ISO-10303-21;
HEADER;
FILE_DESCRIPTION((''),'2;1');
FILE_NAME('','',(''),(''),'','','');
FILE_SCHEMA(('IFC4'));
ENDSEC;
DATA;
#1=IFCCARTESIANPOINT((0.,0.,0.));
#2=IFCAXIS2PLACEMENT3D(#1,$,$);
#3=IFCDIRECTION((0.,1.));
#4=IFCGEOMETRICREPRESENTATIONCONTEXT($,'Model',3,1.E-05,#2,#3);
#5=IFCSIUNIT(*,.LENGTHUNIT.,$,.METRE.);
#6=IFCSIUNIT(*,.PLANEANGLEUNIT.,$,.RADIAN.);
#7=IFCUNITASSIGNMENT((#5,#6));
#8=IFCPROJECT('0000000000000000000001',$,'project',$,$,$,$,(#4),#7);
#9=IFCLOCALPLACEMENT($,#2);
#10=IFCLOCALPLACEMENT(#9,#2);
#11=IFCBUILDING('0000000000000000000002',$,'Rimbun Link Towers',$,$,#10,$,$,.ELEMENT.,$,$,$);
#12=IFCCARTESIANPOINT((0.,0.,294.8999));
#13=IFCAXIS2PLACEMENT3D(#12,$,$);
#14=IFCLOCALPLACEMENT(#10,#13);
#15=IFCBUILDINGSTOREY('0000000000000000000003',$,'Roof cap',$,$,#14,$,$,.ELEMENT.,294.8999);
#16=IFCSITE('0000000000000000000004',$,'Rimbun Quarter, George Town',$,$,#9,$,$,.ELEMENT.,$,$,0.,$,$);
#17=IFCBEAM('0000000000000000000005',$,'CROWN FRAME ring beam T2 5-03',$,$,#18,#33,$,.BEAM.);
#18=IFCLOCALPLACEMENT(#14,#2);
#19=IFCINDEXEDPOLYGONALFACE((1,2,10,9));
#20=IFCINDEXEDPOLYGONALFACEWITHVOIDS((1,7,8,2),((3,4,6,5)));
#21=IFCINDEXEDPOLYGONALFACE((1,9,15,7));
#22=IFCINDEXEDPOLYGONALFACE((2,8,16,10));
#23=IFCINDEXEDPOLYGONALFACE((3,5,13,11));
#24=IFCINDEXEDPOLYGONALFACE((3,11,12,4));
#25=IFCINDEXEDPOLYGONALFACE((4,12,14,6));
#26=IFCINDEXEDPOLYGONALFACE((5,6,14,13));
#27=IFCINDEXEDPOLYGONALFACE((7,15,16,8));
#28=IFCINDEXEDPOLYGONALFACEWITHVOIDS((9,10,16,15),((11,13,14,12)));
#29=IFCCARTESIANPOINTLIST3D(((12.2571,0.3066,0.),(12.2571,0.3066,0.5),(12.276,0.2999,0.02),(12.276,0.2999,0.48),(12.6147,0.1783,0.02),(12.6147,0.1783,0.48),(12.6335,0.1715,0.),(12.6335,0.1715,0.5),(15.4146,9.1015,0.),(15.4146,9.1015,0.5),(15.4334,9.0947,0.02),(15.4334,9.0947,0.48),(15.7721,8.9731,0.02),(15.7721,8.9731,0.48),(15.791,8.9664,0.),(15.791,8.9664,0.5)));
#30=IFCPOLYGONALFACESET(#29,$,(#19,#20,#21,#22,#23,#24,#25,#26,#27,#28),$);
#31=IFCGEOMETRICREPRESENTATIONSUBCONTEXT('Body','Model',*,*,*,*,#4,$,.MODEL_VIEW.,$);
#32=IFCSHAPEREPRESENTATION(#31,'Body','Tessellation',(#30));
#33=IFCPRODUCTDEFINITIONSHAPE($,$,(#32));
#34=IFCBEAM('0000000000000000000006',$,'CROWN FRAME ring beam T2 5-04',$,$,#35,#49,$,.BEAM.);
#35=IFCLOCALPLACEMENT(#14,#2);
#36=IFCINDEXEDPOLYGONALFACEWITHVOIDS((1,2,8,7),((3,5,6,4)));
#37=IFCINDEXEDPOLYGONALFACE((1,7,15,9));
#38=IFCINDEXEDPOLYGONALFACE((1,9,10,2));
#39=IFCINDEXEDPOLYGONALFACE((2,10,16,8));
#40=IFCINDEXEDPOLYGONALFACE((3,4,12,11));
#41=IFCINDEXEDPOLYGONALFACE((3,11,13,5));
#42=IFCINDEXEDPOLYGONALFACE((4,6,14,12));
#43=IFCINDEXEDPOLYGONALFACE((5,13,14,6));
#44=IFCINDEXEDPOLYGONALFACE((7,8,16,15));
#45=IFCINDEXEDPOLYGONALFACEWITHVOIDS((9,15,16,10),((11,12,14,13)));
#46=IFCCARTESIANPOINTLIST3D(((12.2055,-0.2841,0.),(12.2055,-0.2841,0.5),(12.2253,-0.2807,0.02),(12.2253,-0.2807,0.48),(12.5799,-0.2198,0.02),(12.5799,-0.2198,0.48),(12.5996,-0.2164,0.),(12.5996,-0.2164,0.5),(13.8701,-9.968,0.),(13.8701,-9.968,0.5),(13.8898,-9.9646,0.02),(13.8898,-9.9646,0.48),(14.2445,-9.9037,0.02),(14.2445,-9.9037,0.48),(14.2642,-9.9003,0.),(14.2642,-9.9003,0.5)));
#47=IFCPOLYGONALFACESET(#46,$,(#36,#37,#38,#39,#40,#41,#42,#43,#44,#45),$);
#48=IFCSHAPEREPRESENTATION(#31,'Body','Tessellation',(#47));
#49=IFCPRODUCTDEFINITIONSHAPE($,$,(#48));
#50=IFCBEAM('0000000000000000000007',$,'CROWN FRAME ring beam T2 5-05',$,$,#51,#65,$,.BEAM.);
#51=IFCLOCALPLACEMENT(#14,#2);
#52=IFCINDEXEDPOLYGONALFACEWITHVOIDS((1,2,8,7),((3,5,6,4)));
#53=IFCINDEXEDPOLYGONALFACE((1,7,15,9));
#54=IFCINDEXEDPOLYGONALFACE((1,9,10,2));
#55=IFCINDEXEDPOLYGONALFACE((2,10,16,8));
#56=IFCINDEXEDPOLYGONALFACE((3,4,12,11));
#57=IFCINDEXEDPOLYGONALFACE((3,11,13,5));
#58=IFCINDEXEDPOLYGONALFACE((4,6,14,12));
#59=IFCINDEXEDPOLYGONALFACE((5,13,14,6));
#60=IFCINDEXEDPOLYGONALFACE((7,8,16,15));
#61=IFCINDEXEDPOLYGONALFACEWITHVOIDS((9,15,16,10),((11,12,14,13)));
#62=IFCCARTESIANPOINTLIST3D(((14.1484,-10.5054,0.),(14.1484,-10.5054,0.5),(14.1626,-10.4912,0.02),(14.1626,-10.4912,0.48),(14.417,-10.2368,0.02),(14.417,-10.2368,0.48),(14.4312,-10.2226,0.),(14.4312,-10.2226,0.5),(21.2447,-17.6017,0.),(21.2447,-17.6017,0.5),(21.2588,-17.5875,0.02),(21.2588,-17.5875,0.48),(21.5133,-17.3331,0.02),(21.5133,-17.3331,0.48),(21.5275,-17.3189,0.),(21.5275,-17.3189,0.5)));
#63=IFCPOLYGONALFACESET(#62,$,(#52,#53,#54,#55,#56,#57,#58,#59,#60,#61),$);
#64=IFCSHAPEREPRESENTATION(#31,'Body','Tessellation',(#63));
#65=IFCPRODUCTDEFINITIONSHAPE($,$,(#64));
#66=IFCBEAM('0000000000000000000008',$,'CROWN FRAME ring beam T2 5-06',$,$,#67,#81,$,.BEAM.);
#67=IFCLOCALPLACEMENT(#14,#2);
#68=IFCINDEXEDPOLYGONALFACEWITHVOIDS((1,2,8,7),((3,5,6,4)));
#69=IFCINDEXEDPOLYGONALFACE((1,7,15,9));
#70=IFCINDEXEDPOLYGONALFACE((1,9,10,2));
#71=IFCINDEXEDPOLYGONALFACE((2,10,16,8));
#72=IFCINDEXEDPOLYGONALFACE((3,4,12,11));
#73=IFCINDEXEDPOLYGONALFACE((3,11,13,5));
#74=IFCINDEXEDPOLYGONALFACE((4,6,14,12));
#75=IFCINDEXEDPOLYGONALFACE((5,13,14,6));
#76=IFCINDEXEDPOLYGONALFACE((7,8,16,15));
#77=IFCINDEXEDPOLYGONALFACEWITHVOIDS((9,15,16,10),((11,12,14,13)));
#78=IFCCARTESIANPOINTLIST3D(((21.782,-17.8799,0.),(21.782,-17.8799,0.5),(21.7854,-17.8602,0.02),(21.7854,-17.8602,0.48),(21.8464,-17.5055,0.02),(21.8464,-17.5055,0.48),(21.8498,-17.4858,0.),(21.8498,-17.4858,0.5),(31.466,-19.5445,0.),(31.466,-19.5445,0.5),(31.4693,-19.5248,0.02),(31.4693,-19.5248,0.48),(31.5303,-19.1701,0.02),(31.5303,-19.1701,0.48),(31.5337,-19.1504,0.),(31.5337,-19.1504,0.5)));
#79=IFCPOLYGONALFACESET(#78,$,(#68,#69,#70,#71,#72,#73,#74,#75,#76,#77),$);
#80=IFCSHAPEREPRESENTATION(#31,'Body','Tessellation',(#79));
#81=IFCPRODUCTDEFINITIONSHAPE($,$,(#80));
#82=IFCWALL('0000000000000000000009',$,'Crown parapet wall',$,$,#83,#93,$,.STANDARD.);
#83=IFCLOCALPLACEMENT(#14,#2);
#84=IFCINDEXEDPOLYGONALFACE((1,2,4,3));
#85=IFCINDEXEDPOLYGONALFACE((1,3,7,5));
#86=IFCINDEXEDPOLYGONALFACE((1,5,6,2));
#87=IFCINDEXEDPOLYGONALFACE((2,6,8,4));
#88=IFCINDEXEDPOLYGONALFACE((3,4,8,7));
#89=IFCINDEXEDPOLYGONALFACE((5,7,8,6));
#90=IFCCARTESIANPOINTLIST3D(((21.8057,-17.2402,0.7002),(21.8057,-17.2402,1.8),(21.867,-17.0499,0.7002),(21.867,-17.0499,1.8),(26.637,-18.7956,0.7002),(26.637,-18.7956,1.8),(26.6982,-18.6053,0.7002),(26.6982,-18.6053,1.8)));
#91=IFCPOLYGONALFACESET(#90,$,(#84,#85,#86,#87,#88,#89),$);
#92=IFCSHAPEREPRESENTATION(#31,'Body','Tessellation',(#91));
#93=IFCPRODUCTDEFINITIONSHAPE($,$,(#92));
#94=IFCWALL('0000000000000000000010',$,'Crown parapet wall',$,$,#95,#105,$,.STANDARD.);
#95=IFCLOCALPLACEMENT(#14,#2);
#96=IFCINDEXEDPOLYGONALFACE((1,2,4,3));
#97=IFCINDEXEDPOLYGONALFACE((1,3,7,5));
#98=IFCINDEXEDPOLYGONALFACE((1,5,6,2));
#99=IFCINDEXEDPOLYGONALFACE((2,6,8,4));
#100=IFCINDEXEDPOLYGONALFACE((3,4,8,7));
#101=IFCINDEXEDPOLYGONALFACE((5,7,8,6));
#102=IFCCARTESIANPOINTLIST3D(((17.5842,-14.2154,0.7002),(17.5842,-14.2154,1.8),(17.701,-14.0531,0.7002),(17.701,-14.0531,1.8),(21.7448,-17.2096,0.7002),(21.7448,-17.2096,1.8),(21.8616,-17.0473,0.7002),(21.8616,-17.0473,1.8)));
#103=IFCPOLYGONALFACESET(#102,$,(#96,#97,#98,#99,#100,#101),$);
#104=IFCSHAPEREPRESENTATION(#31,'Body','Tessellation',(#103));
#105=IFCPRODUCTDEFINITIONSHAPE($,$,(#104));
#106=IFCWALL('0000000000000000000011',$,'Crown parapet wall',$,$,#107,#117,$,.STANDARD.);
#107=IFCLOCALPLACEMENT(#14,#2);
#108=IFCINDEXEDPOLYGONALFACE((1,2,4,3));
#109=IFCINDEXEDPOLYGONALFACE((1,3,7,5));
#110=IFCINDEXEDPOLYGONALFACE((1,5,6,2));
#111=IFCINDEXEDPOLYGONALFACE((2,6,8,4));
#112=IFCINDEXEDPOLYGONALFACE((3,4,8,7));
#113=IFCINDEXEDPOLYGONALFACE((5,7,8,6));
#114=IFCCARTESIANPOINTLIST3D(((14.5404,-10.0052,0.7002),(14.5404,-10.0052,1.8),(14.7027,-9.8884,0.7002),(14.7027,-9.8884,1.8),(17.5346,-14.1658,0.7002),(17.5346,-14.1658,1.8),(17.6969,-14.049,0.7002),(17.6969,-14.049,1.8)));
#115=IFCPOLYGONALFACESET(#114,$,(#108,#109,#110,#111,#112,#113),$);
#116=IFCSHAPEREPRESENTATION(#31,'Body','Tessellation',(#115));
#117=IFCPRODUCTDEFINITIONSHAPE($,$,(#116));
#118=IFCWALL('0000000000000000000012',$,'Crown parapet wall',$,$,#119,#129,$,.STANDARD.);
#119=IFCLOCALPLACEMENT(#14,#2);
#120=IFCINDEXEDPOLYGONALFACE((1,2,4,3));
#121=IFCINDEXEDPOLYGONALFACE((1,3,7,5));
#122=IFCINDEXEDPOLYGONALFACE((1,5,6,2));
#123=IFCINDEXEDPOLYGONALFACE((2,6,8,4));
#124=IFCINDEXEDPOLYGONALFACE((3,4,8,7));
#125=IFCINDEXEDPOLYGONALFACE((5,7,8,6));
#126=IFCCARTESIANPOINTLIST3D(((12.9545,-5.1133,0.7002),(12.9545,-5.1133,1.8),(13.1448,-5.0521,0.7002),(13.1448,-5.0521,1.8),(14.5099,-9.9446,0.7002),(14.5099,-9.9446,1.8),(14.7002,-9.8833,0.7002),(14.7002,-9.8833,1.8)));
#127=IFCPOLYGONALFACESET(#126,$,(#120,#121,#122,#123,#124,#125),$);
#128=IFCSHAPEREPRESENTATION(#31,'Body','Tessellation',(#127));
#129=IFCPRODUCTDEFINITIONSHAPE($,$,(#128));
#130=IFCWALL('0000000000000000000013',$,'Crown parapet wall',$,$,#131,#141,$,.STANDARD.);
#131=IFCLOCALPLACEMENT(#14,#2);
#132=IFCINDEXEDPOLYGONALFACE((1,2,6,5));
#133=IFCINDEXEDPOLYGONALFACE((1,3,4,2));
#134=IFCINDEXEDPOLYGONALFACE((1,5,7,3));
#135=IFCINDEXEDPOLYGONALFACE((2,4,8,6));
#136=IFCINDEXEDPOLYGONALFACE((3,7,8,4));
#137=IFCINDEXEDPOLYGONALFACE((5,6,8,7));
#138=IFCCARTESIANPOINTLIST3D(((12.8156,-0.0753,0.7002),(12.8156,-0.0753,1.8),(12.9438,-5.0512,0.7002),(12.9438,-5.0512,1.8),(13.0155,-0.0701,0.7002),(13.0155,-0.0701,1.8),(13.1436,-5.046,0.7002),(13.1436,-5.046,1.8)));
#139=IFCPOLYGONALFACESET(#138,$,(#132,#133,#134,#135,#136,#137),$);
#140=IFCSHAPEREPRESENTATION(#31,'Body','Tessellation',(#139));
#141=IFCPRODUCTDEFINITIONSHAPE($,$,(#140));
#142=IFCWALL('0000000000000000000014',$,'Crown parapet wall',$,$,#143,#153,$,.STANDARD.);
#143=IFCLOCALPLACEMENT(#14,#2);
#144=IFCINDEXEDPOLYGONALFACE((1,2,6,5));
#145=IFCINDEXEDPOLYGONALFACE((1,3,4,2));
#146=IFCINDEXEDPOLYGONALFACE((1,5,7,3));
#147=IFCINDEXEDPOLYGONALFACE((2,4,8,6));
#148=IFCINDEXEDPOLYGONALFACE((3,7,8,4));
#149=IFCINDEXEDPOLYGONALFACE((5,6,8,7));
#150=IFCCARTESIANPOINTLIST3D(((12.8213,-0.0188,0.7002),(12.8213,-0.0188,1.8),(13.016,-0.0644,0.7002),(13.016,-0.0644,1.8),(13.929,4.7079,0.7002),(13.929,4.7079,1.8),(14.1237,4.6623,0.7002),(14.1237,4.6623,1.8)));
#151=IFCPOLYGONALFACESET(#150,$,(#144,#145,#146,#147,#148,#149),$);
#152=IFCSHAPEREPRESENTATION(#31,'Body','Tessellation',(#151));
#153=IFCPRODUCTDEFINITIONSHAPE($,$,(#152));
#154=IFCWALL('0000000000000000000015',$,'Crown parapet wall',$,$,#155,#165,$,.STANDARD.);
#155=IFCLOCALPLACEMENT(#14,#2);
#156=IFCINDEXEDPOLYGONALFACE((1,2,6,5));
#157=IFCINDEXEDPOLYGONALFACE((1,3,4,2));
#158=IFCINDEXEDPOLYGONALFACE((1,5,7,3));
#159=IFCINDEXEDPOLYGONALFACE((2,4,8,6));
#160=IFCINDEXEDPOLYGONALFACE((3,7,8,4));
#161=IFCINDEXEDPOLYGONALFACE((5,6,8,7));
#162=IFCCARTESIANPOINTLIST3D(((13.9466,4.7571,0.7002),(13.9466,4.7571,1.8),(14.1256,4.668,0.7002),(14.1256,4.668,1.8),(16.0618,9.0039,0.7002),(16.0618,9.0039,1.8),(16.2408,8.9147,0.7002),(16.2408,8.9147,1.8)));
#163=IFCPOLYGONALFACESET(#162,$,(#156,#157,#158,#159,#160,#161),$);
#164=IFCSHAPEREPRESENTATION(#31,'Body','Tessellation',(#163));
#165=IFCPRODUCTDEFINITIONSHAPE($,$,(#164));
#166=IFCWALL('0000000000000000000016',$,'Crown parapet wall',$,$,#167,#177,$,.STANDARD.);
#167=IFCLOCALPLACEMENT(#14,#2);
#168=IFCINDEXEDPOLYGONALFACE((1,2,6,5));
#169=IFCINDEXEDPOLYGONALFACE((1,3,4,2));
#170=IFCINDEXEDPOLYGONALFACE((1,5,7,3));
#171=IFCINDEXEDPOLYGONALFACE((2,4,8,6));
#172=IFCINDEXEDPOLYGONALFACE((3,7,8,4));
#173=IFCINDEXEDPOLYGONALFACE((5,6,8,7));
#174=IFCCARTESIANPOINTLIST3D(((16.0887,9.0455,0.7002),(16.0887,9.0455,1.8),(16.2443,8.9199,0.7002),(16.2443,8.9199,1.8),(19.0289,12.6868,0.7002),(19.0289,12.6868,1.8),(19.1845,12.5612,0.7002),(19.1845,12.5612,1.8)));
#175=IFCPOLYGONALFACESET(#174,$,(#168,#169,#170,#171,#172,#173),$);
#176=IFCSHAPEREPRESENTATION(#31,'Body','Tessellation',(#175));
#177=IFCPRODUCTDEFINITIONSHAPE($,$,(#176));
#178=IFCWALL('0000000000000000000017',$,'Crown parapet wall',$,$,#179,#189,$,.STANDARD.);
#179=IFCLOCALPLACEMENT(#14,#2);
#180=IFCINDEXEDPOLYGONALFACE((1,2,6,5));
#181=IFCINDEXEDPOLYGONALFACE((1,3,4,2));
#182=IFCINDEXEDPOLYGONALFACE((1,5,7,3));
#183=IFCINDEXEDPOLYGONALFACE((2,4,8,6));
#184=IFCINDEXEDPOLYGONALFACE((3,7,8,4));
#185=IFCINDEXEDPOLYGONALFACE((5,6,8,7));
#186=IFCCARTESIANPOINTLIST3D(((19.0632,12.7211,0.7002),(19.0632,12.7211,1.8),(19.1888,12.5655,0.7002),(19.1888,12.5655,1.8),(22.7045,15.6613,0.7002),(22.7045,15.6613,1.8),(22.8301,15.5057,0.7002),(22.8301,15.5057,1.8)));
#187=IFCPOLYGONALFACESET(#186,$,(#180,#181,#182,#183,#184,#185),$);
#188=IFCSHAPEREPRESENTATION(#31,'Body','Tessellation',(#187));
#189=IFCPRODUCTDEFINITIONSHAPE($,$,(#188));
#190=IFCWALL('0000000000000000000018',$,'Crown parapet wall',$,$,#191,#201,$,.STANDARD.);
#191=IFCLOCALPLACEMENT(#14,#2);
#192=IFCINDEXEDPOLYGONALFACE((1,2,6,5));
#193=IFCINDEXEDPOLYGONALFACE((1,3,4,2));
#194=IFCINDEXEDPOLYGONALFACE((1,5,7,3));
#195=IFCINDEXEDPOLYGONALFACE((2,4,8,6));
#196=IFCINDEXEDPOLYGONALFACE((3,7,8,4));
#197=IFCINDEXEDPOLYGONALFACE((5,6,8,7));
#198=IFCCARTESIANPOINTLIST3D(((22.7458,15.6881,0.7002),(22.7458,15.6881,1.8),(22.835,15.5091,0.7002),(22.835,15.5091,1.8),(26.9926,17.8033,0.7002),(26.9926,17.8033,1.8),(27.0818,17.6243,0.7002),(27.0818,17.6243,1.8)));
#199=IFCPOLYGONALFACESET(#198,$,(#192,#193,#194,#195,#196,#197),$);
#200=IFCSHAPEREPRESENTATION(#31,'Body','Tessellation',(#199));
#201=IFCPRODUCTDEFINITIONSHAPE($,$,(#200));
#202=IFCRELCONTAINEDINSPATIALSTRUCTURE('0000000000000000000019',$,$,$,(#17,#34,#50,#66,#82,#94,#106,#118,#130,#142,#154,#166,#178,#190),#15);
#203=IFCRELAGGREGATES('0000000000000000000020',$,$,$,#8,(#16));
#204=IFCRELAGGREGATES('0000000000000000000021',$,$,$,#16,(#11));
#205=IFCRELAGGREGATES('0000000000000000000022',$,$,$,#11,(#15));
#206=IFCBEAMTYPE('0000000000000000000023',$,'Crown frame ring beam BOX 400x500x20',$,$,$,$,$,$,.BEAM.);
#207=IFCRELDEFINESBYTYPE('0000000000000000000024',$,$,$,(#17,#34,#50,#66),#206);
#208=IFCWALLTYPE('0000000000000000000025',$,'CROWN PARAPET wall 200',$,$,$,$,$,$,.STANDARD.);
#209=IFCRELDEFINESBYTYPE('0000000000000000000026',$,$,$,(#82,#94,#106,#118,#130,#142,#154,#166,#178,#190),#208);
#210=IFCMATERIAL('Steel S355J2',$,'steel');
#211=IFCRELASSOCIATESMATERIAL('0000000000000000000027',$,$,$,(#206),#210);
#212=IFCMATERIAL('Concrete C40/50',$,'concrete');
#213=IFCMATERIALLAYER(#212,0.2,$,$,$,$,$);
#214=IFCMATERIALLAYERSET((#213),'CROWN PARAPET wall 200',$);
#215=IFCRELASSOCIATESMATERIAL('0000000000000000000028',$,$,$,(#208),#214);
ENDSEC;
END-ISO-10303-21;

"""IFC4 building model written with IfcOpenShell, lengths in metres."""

from ifc_helpers import new_model, si_unit, direction, frame, frame_2d, origin, origin_2d, place, context, subcontext, project, spatial, rectangle, hollow_rectangle, extrude, material, layer, layer_set, material_profile, profile_set, type_object, element, save


model = new_model("IFC4")

# Units and contexts
model_context = context("Model", 3, precision=1e-05, world=origin(), true_north=direction((0.0, 1.0)))
body_context = subcontext(model_context, "Body", "Model", "MODEL_VIEW")
ifc_project = project(units=[si_unit("LENGTHUNIT", "METRE"), si_unit("PLANEANGLEUNIT", "RADIAN")], contexts=[model_context])

# Site, building, storey
site_placement = place(None, origin())
site = spatial("IfcSite", under=ifc_project, at=site_placement, Name="Rimbun Quarter, George Town", CompositionType="ELEMENT", RefElevation=0.0)
building_placement = place(site_placement, origin())
building = spatial("IfcBuilding", under=site, at=building_placement, Name="Rimbun Link Towers", CompositionType="ELEMENT")
storey_placement = place(building_placement, frame((0.0, 0.0, 294.8999)))
storey = spatial("IfcBuildingStorey", under=building, at=storey_placement, Name="Roof cap", CompositionType="ELEMENT", Elevation=294.8999)

# Beams
ifc_material_1 = material(Name="Steel S355J2", Category="steel")
ifc_material_profile_1 = material_profile(ifc_material_1, hollow_rectangle(XDim=0.3999, YDim=0.5, WallThickness=0.02, at=origin_2d()), Name="Crown frame ring beam BOX 400x500x20")
ifc_profile_set_1 = profile_set([ifc_material_profile_1], Name="Steel S355J2")
beam_type_1 = type_object("IfcBeamType", Name="Crown frame ring beam BOX 400x500x20", PredefinedType="BEAM", material=ifc_profile_set_1)
beam_1_placement = place(storey_placement, frame((15.6028, 9.0339, 0.25), z_axis=(-0.337895, -0.941184, 0.0), x_axis=(0.941184, -0.337895, 0.0)))
element("IfcBeam", 1, at=beam_1_placement, inside=storey, type_object=beam_type_1, Name="CROWN FRAME ring beam T2 5-03", PredefinedType="BEAM", context=body_context, shape_type="SweptSolid", body=[
    extrude(hollow_rectangle(XDim=0.3999, YDim=0.5, WallThickness=0.02, at=origin_2d()), origin(), (0.0, 0.0, 1.0), 9.3445),
])
beam_2_placement = place(storey_placement, frame((12.4026, -0.2502, 0.25), z_axis=(0.169405, -0.985546, 0.0), x_axis=(0.985546, 0.169405, 0.0)))
element("IfcBeam", 2, at=beam_2_placement, inside=storey, type_object=beam_type_1, Name="CROWN FRAME ring beam T2 5-04", PredefinedType="BEAM", context=body_context, shape_type="SweptSolid", body=[
    extrude(hollow_rectangle(XDim=0.3999, YDim=0.5, WallThickness=0.02, at=origin_2d()), origin(), (0.0, 0.0, 1.0), 9.8259),
])
beam_3_placement = place(storey_placement, frame((14.2898, -10.364, 0.25), z_axis=(0.707107, -0.707107, 0.0), x_axis=(0.707107, 0.707107, 0.0)))
element("IfcBeam", 3, at=beam_3_placement, inside=storey, type_object=beam_type_1, Name="CROWN FRAME ring beam T2 5-05", PredefinedType="BEAM", context=body_context, shape_type="SweptSolid", body=[
    extrude(hollow_rectangle(XDim=0.3999, YDim=0.5, WallThickness=0.02, at=origin_2d()), origin(), (0.0, 0.0, 1.0), 10.0356),
])
beam_4_placement = place(storey_placement, frame((21.8159, -17.6829, 0.25), z_axis=(0.985546, -0.169405, 0.0), x_axis=(0.169405, 0.985546, 0.0)))
element("IfcBeam", 4, at=beam_4_placement, inside=storey, type_object=beam_type_1, Name="CROWN FRAME ring beam T2 5-06", PredefinedType="BEAM", context=body_context, shape_type="SweptSolid", body=[
    extrude(hollow_rectangle(XDim=0.3999, YDim=0.5, WallThickness=0.02, at=origin_2d()), origin(), (0.0, 0.0, 1.0), 9.8259),
])

# Walls
ifc_material_2 = material(Name="Concrete C40/50", Category="concrete")
ifc_layer = layer(ifc_material_2, 0.2)
ifc_layer_set = layer_set([ifc_layer], Name="CROWN PARAPET wall 200")
wall_type = type_object("IfcWallType", Name="CROWN PARAPET wall 200", PredefinedType="STANDARD", material=ifc_layer_set)
wall_1_placement = place(storey_placement, frame((26.6675, -18.7004, 0.7002), z_axis=(0.0, 0.0, 1.0), x_axis=(-0.951885, 0.306456, 0.0)))
element("IfcWall", 5, at=wall_1_placement, inside=storey, type_object=wall_type, Name="Crown parapet wall", PredefinedType="STANDARD", context=body_context, shape_type="SweptSolid", body=[
    extrude(rectangle(XDim=5.0754, YDim=0.2, at=frame_2d((2.5376, 0.0))), origin(), (0.0, 0.0, 1.0), 1.0999),
])
for number, where, z_axis, x_axis, name in (
    (6, (21.8032, -17.1284, 0.7002), (0.0, 0.0, 1.0), (-0.811675, 0.584109, 0.0), "Crown parapet wall"),
    (7, (17.6157, -14.1074, 0.7002), (0.0, 0.0, 1.0), (-0.584109, 0.811675, 0.0), "Crown parapet wall"),
):
    element("IfcWall", number, at=place(storey_placement, frame(where, z_axis=z_axis, x_axis=x_axis)), inside=storey, type_object=wall_type, Name=name, PredefinedType="STANDARD", context=body_context, shape_type="SweptSolid", body=[
        extrude(rectangle(XDim=5.126, YDim=0.2, at=frame_2d((2.563, 0.0))), origin(), (0.0, 0.0, 1.0), 1.0999),
    ])
wall_2_placement = place(storey_placement, frame((14.605, -9.9138, 0.7002), z_axis=(0.0, 0.0, 1.0), x_axis=(-0.306456, 0.951885, 0.0)))
element("IfcWall", 8, at=wall_2_placement, inside=storey, type_object=wall_type, Name="Crown parapet wall", PredefinedType="STANDARD", context=body_context, shape_type="SweptSolid", body=[
    extrude(rectangle(XDim=5.0754, YDim=0.2, at=frame_2d((2.5376, 0.0))), origin(), (0.0, 0.0, 1.0), 1.0999),
])
wall_3_placement = place(storey_placement, frame((13.0437, -5.0486, 0.7002), z_axis=(0.0, 0.0, 1.0), x_axis=(-0.025751, 0.999668, 0.0)))
element("IfcWall", 9, at=wall_3_placement, inside=storey, type_object=wall_type, Name="Crown parapet wall", PredefinedType="STANDARD", context=body_context, shape_type="SweptSolid", body=[
    extrude(rectangle(XDim=4.9775, YDim=0.2, at=frame_2d((2.4888, 0.0))), origin(), (0.0, 0.0, 1.0), 1.0999),
])
wall_4_placement = place(storey_placement, frame((12.9187, -0.0415, 0.7002), z_axis=(0.0, 0.0, 1.0), x_axis=(0.228156, 0.973625, 0.0)))
element("IfcWall", 10, at=wall_4_placement, inside=storey, type_object=wall_type, Name="Crown parapet wall", PredefinedType="STANDARD", context=body_context, shape_type="SweptSolid", body=[
    extrude(rectangle(XDim=4.8547, YDim=0.2, at=frame_2d((2.4272, 0.0))), origin(), (0.0, 0.0, 1.0), 1.0999),
])
wall_5_placement = place(storey_placement, frame((14.0361, 4.7126, 0.7002), z_axis=(0.0, 0.0, 1.0), x_axis=(0.445834, 0.895116, 0.0)))
element("IfcWall", 11, at=wall_5_placement, inside=storey, type_object=wall_type, Name="Crown parapet wall", PredefinedType="STANDARD", context=body_context, shape_type="SweptSolid", body=[
    extrude(rectangle(XDim=4.7444, YDim=0.2, at=frame_2d((2.3721, 0.0))), origin(), (0.0, 0.0, 1.0), 1.0999),
])
for number, where, z_axis, x_axis, name in (
    (12, (16.1665, 8.9827, 0.7002), (0.0, 0.0, 1.0), (0.628219, 0.778036, 0.0), "Crown parapet wall"),
    (13, (19.126, 12.6433, 0.7002), (0.0, 0.0, 1.0), (0.778036, 0.628219, 0.0), "Crown parapet wall"),
):
    element("IfcWall", number, at=place(storey_placement, frame(where, z_axis=z_axis, x_axis=x_axis)), inside=storey, type_object=wall_type, Name=name, PredefinedType="STANDARD", context=body_context, shape_type="SweptSolid", body=[
        extrude(rectangle(XDim=4.6802, YDim=0.2, at=frame_2d((2.3401, 0.0))), origin(), (0.0, 0.0, 1.0), 1.0999),
    ])
wall_6_placement = place(storey_placement, frame((22.7905, 15.5986, 0.7002), z_axis=(0.0, 0.0, 1.0), x_axis=(0.895116, 0.445834, 0.0)))
element("IfcWall", 14, at=wall_6_placement, inside=storey, type_object=wall_type, Name="Crown parapet wall", PredefinedType="STANDARD", context=body_context, shape_type="SweptSolid", body=[
    extrude(rectangle(XDim=4.7444, YDim=0.2, at=frame_2d((2.3721, 0.0))), origin(), (0.0, 0.0, 1.0), 1.0999),
])

save(model, "model.ifc")
